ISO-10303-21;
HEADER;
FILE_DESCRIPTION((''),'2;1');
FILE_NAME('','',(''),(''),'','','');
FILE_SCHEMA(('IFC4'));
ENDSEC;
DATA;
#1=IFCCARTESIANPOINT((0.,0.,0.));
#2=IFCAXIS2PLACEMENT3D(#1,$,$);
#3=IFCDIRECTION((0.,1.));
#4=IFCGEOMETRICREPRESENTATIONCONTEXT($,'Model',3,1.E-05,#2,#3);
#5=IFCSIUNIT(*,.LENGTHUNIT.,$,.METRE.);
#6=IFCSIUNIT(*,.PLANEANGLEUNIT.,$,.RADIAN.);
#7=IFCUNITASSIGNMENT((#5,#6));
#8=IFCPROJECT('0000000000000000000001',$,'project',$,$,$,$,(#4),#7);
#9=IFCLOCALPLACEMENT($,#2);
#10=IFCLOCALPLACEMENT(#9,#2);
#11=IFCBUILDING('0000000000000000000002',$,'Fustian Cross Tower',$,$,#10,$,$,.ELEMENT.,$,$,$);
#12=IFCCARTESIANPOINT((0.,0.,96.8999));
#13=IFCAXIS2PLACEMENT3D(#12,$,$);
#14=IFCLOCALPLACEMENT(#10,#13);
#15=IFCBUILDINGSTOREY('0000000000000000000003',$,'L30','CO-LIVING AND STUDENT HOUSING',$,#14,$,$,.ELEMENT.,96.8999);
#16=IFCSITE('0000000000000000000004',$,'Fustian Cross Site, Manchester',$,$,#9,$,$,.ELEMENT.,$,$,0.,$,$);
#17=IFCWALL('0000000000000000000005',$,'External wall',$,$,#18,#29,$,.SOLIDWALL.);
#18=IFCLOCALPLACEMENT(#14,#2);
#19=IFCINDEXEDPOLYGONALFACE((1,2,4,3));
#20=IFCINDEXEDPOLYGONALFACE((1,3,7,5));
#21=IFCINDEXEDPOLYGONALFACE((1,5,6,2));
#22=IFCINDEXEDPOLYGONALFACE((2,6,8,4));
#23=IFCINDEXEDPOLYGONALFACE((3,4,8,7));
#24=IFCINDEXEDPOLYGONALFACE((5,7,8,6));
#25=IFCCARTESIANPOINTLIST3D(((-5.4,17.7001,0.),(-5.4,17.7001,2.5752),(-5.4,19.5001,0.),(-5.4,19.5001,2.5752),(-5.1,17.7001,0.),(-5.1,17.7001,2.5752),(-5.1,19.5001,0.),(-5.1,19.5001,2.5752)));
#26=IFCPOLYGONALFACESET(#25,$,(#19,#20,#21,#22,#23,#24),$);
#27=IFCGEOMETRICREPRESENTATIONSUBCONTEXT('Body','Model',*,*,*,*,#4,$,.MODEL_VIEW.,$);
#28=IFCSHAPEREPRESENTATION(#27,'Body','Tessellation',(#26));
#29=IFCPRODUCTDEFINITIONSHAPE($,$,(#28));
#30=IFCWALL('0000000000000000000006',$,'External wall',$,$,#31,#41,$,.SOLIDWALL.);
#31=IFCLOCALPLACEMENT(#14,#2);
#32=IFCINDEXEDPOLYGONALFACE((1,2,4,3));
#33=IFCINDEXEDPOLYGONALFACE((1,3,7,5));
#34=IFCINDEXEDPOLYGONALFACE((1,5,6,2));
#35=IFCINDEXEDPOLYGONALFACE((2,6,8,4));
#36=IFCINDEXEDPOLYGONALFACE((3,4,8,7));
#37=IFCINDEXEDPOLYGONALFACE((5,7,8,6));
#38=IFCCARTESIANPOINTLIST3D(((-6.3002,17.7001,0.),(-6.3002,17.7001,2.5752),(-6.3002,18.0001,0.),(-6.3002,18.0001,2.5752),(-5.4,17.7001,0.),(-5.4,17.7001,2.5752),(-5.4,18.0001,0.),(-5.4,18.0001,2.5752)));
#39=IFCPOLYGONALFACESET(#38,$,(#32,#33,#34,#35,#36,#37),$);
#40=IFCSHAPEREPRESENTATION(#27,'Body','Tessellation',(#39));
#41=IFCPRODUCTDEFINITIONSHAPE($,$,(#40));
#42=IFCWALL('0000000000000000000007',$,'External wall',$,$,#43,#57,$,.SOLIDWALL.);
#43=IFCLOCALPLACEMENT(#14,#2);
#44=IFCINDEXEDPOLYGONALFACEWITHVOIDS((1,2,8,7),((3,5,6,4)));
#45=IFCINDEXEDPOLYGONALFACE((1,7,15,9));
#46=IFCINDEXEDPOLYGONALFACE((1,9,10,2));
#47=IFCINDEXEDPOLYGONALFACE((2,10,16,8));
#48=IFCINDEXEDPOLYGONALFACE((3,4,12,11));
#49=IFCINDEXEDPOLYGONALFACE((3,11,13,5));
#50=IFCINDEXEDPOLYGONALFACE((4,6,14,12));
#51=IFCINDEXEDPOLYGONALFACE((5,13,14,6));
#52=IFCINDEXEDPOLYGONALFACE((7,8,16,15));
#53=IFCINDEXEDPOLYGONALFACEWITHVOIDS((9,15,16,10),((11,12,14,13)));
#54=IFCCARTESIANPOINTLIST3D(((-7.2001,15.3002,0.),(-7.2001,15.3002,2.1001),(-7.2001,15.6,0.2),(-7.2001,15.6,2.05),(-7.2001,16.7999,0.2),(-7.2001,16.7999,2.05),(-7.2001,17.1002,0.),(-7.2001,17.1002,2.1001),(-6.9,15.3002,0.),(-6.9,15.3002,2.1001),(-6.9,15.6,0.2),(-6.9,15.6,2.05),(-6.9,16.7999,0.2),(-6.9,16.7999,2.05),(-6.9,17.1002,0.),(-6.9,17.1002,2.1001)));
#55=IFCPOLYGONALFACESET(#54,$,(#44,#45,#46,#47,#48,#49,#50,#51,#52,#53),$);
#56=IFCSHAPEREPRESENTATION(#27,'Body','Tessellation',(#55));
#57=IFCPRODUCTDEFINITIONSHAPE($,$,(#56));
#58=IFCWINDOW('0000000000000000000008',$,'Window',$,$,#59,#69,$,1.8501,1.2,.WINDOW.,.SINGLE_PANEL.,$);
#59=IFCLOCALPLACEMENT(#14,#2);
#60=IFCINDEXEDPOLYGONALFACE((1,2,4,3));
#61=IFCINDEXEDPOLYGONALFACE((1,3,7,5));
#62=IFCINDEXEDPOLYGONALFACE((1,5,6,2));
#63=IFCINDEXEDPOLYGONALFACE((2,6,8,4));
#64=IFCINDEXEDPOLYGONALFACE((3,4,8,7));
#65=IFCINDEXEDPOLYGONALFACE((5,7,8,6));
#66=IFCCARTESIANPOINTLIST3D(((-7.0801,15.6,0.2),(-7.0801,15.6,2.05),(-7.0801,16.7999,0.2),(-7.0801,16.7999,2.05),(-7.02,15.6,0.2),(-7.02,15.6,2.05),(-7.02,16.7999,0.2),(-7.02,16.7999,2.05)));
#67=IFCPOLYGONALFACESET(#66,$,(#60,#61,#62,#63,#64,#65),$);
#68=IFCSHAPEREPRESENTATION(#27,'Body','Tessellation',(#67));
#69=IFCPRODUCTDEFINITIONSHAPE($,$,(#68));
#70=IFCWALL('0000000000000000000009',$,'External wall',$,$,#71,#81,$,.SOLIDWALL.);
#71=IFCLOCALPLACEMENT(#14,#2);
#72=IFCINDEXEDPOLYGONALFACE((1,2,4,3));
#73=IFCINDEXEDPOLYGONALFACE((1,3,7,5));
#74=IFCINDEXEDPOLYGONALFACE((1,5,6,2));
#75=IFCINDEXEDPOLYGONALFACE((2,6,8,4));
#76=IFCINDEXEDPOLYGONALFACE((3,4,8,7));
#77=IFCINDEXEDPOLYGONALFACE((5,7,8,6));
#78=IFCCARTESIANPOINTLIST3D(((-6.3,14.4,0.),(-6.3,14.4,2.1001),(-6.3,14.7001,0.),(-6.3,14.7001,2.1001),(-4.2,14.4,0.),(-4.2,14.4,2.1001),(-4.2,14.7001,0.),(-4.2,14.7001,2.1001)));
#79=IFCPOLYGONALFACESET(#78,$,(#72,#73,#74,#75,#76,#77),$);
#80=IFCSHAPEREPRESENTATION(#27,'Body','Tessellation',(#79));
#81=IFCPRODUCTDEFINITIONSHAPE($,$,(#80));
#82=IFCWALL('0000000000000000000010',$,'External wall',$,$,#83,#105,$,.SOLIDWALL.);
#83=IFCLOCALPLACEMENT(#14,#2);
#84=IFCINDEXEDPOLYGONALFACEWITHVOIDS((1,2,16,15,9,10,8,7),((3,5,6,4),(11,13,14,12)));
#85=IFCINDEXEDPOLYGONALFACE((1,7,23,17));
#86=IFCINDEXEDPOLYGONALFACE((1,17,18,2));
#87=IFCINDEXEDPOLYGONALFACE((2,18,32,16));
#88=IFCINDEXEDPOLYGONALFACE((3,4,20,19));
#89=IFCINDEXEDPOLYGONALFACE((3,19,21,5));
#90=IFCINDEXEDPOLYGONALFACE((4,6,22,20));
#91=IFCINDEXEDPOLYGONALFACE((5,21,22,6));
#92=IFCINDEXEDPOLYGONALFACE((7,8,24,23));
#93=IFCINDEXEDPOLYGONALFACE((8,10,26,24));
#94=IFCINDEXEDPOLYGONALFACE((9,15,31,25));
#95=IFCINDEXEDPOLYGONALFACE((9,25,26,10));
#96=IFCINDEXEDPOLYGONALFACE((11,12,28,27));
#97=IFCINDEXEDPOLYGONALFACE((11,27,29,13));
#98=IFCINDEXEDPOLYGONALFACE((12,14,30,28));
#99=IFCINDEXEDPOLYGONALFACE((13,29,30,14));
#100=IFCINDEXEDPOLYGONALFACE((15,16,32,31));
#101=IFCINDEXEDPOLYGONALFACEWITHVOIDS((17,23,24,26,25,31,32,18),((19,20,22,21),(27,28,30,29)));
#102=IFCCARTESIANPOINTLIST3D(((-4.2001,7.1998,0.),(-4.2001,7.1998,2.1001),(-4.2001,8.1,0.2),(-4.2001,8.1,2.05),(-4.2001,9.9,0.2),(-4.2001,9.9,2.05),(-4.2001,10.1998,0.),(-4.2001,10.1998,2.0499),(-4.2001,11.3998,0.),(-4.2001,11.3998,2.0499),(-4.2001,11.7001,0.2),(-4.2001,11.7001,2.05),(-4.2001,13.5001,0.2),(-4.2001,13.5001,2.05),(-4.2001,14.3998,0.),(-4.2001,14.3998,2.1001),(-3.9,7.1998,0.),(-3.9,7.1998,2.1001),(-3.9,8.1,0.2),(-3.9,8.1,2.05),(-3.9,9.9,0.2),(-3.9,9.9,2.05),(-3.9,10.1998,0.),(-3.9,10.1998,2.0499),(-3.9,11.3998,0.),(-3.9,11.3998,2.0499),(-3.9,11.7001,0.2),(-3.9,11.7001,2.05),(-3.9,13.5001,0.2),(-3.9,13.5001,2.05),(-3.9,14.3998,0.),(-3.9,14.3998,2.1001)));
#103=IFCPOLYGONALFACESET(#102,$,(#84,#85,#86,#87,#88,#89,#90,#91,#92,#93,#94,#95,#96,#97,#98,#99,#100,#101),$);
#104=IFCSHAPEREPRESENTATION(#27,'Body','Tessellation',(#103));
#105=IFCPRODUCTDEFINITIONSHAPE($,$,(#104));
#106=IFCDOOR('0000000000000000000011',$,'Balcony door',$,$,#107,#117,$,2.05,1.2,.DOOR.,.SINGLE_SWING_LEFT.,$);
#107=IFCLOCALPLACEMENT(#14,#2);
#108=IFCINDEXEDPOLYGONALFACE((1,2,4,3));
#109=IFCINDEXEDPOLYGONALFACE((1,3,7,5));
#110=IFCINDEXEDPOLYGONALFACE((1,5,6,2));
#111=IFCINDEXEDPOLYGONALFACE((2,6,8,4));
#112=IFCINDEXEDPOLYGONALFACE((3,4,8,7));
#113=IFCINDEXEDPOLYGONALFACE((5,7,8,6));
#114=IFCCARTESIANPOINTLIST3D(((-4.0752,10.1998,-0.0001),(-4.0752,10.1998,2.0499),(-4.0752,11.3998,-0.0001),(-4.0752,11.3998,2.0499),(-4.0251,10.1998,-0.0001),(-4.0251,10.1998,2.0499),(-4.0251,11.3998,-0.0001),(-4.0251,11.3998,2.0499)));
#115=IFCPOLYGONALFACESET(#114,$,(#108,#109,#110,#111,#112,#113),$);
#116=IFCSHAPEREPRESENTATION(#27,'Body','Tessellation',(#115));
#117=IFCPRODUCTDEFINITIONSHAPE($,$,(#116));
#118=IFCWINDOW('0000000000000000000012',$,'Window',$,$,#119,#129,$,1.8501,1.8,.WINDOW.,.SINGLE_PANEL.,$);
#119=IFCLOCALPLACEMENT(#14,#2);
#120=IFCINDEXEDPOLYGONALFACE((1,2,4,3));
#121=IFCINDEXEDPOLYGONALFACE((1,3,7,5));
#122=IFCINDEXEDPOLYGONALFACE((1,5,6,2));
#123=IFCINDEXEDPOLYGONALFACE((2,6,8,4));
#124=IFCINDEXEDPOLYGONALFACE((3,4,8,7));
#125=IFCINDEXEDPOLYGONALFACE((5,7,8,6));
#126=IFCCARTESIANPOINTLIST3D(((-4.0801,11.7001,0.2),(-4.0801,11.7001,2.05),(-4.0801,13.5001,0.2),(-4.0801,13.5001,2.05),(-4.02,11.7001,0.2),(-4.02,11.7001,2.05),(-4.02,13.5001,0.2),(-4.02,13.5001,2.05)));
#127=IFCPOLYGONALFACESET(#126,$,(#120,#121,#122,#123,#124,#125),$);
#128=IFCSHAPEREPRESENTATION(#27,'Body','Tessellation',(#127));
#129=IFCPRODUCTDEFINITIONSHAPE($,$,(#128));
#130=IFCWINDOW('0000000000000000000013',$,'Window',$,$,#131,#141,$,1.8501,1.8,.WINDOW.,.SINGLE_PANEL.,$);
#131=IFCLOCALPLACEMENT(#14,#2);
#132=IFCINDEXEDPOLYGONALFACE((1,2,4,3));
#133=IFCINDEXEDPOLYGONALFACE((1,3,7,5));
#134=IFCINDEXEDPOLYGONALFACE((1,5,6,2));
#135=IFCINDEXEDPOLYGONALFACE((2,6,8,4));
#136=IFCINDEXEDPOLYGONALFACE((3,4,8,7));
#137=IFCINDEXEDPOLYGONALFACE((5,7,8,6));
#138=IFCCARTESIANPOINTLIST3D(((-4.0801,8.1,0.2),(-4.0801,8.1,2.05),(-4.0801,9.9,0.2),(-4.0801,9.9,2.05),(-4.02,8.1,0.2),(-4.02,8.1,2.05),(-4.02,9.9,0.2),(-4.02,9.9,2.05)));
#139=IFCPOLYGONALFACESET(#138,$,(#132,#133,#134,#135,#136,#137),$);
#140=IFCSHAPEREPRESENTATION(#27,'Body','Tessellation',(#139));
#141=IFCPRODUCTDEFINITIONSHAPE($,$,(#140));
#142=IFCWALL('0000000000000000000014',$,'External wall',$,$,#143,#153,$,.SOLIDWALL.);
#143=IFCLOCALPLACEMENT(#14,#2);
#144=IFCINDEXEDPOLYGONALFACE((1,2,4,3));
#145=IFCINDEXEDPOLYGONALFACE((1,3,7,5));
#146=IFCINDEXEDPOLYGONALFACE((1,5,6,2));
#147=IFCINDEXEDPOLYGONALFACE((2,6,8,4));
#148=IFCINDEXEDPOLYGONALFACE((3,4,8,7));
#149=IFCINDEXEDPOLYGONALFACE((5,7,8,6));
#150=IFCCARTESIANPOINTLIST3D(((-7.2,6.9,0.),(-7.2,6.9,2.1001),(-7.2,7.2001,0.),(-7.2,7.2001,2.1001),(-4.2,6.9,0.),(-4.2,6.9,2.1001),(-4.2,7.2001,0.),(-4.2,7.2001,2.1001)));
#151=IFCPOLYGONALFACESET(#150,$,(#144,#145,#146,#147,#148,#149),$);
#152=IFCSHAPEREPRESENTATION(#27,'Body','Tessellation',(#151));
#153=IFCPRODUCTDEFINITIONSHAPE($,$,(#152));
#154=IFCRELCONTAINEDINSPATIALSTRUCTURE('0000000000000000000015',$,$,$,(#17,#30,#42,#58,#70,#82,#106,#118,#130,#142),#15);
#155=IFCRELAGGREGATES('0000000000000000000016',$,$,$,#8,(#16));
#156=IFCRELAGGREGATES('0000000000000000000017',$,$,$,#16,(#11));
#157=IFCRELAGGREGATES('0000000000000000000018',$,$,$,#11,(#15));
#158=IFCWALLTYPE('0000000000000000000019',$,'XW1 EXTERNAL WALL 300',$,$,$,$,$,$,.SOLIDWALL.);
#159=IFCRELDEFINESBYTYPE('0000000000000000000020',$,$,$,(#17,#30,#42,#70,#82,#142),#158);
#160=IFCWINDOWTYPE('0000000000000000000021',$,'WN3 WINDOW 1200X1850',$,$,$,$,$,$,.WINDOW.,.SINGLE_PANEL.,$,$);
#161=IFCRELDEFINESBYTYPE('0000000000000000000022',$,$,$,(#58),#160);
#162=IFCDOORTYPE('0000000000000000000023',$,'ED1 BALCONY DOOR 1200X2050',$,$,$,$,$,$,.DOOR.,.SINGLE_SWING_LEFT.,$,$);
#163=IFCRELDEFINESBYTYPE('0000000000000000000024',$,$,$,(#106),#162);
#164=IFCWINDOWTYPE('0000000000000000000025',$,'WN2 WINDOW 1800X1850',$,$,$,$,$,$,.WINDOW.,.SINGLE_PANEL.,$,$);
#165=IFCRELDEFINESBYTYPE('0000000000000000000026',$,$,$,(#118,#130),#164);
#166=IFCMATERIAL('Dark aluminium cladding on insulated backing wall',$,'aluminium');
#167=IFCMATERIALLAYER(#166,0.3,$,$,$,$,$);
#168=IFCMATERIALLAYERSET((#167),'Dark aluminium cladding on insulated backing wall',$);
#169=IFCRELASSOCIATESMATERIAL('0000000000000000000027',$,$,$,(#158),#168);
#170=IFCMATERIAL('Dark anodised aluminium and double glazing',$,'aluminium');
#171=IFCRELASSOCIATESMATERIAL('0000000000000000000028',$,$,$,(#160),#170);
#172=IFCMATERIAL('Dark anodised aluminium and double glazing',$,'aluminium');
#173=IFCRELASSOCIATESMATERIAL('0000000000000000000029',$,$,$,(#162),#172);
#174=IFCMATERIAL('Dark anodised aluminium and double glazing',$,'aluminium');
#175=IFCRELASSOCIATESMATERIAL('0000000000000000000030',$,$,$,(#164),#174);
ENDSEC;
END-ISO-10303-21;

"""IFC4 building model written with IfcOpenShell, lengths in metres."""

from ifc_helpers import new_model, si_unit, direction, frame, frame_2d, origin, place, context, subcontext, project, spatial, rectangle, extrude, material, layer, layer_set, type_object, element, fill, save


model = new_model("IFC4")

# Units and contexts
model_context = context("Model", 3, precision=1e-05, world=origin(), true_north=direction((0.0, 1.0)))
body_context = subcontext(model_context, "Body", "Model", "MODEL_VIEW")
ifc_project = project(units=[si_unit("LENGTHUNIT", "METRE"), si_unit("PLANEANGLEUNIT", "RADIAN")], contexts=[model_context])

# Site, building, storey
site_placement = place(None, origin())
site = spatial("IfcSite", under=ifc_project, at=site_placement, Name="Fustian Cross Site, Manchester", CompositionType="ELEMENT", RefElevation=0.0)
building_placement = place(site_placement, origin())
building = spatial("IfcBuilding", under=site, at=building_placement, Name="Fustian Cross Tower", CompositionType="ELEMENT")
storey_placement = place(building_placement, frame((0.0, 0.0, 96.8999)))
storey = spatial("IfcBuildingStorey", under=building, at=storey_placement, Name="L30", Description="CO-LIVING AND STUDENT HOUSING", CompositionType="ELEMENT", Elevation=96.8999)

# Shared definitions
ifc_material_1 = material(Name="Dark aluminium cladding on insulated backing wall", Category="aluminium")
ifc_layer_1 = layer(ifc_material_1, 0.3)
ifc_layer_set_1 = layer_set([ifc_layer_1], Name="Dark aluminium cladding on insulated backing wall")
wall_type_1 = type_object("IfcWallType", Name="XW1 EXTERNAL WALL 300", PredefinedType="SOLIDWALL", material=ifc_layer_set_1)

# Shared definitions
ifc_material_2 = material(Name="Dark anodised aluminium and double glazing", Category="aluminium")
window_type_1 = type_object("IfcWindowType", Name="WN3 WINDOW 1200X1850", PartitioningType="SINGLE_PANEL", PredefinedType="WINDOW", material=ifc_material_2)

# Walls
wall_1_placement = place(storey_placement, frame((-5.25, 19.5, 0.0), z_axis=(0.0, 0.0, 1.0), x_axis=(0.0, -1.0, 0.0)))
element("IfcWall", 1, at=wall_1_placement, inside=storey, type_object=wall_type_1, Name="External wall", PredefinedType="SOLIDWALL", context=body_context, shape_type="SweptSolid", body=[
    extrude(rectangle(XDim=1.8, YDim=0.3, at=frame_2d((0.8999, 0.0))), origin(), (0.0, 0.0, 1.0), 2.5752),
])
wall_2_placement = place(storey_placement, frame((-5.3999, 17.8501, 0.0), z_axis=(0.0, 0.0, 1.0), x_axis=(-1.0, 0.0, 0.0)))
element("IfcWall", 2, at=wall_2_placement, inside=storey, type_object=wall_type_1, Name="External wall", PredefinedType="SOLIDWALL", context=body_context, shape_type="SweptSolid", body=[
    extrude(rectangle(XDim=0.9001, YDim=0.3, at=frame_2d((0.4502, 0.0))), origin(), (0.0, 0.0, 1.0), 2.5752),
])

# Wall, opening, window
wall_3_placement = place(storey_placement, frame((-7.05, 17.1001, 0.0), z_axis=(0.0, 0.0, 1.0), x_axis=(0.0, -1.0, 0.0)))
wall_3 = element("IfcWall", 3, at=wall_3_placement, inside=storey, type_object=wall_type_1, Name="External wall", PredefinedType="SOLIDWALL", context=body_context, shape_type="SweptSolid", body=[
    extrude(rectangle(XDim=1.8, YDim=0.3, at=frame_2d((0.8999, 0.0))), origin(), (0.0, 0.0, 1.0), 2.1001),
])
opening_1_placement = place(wall_3_placement, frame((0.3, 0.0, 0.2)))
opening_1 = element("IfcOpeningElement", 4, at=opening_1_placement, cuts=wall_3, PredefinedType="OPENING", context=body_context, shape_type="SweptSolid", body=[
    extrude(rectangle(XDim=1.2, YDim=1.8501, at=frame_2d((0.6001, 0.925))), frame((0.0, 0.1599, 0.0), z_axis=(0.0, -1.0, 0.0), x_axis=(1.0, 0.0, 0.0)), (0.0, 0.0, 1.0), 0.3201),
])
window_1_placement = place(opening_1_placement, origin())
window_1 = element("IfcWindow", 5, at=window_1_placement, inside=storey, type_object=window_type_1, Name="Window", OverallHeight=1.8501, OverallWidth=1.2, PartitioningType="SINGLE_PANEL", PredefinedType="WINDOW", context=body_context, shape_type="SweptSolid", body=[
    extrude(rectangle(XDim=1.2, YDim=1.8501, at=frame_2d((0.6001, 0.925))), frame((0.0, 0.03, 0.0), z_axis=(0.0, -1.0, 0.0), x_axis=(1.0, 0.0, 0.0)), (0.0, 0.0, 1.0), 0.0601),
])
fill(opening_1, window_1)

# Wall
wall_4_placement = place(storey_placement, frame((-6.3, 14.55, 0.0), z_axis=(0.0, 0.0, 1.0), x_axis=(1.0, 0.0, 0.0)))
element("IfcWall", 6, at=wall_4_placement, inside=storey, type_object=wall_type_1, Name="External wall", PredefinedType="SOLIDWALL", context=body_context, shape_type="SweptSolid", body=[
    extrude(rectangle(XDim=2.1001, YDim=0.3, at=frame_2d((1.05, 0.0))), origin(), (0.0, 0.0, 1.0), 2.1001),
])

# Wall, openings, door, windows
wall_5_placement = place(storey_placement, frame((-4.05, 14.3999, 0.0), z_axis=(0.0, 0.0, 1.0), x_axis=(0.0, -1.0, 0.0)))
wall_5 = element("IfcWall", 7, at=wall_5_placement, inside=storey, type_object=wall_type_1, Name="External wall", PredefinedType="SOLIDWALL", context=body_context, shape_type="SweptSolid", body=[
    extrude(rectangle(XDim=7.2, YDim=0.3, at=frame_2d((3.6001, 0.0))), origin(), (0.0, 0.0, 1.0), 2.1001),
])
opening_2_placement = place(wall_5_placement, frame((3.0, 0.0, 0.0)))
opening_2 = element("IfcOpeningElement", 8, at=opening_2_placement, cuts=wall_5, PredefinedType="OPENING", context=body_context, shape_type="SweptSolid", body=[
    extrude(rectangle(XDim=1.2, YDim=2.05, at=frame_2d((0.6001, 1.0249))), frame((0.0, 0.1599, 0.0), z_axis=(0.0, -1.0, 0.0), x_axis=(1.0, 0.0, 0.0)), (0.0, 0.0, 1.0), 0.3201),
])
opening_3_placement = place(wall_5_placement, frame((0.8999, 0.0, 0.2)))
opening_3 = element("IfcOpeningElement", 9, at=opening_3_placement, cuts=wall_5, PredefinedType="OPENING", context=body_context, shape_type="SweptSolid", body=[
    extrude(rectangle(XDim=1.8, YDim=1.8501, at=frame_2d((0.8999, 0.925))), frame((0.0, 0.1599, 0.0), z_axis=(0.0, -1.0, 0.0), x_axis=(1.0, 0.0, 0.0)), (0.0, 0.0, 1.0), 0.3201),
])
opening_4_placement = place(wall_5_placement, frame((4.5, 0.0, 0.2)))
opening_4 = element("IfcOpeningElement", 10, at=opening_4_placement, cuts=wall_5, PredefinedType="OPENING", context=body_context, shape_type="SweptSolid", body=[
    extrude(rectangle(XDim=1.8, YDim=1.8501, at=frame_2d((0.8999, 0.925))), frame((0.0, 0.1599, 0.0), z_axis=(0.0, -1.0, 0.0), x_axis=(1.0, 0.0, 0.0)), (0.0, 0.0, 1.0), 0.3201),
])
ifc_material_3 = material(Name="Dark anodised aluminium and double glazing", Category="aluminium")
door_type = type_object("IfcDoorType", Name="ED1 BALCONY DOOR 1200X2050", OperationType="SINGLE_SWING_LEFT", PredefinedType="DOOR", material=ifc_material_3)
door_placement = place(opening_2_placement, origin())
door = element("IfcDoor", 11, at=door_placement, inside=storey, type_object=door_type, Name="Balcony door", OperationType="SINGLE_SWING_LEFT", OverallHeight=2.05, OverallWidth=1.2, PredefinedType="DOOR", context=body_context, shape_type="SweptSolid", body=[
    extrude(rectangle(XDim=1.2, YDim=2.05, at=frame_2d((0.6001, 1.0249))), frame((0.0, 0.0249, 0.0), z_axis=(0.0, -1.0, 0.0), x_axis=(1.0, 0.0, 0.0)), (0.0, 0.0, 1.0), 0.05),
])
fill(opening_2, door)
ifc_material_4 = material(Name="Dark anodised aluminium and double glazing", Category="aluminium")
window_type_2 = type_object("IfcWindowType", Name="WN2 WINDOW 1800X1850", PartitioningType="SINGLE_PANEL", PredefinedType="WINDOW", material=ifc_material_4)
window_2_placement = place(opening_3_placement, origin())
window_2 = element("IfcWindow", 12, at=window_2_placement, inside=storey, type_object=window_type_2, Name="Window", OverallHeight=1.8501, OverallWidth=1.8, PartitioningType="SINGLE_PANEL", PredefinedType="WINDOW", context=body_context, shape_type="SweptSolid", body=[
    extrude(rectangle(XDim=1.8, YDim=1.8501, at=frame_2d((0.8999, 0.925))), frame((0.0, 0.03, 0.0), z_axis=(0.0, -1.0, 0.0), x_axis=(1.0, 0.0, 0.0)), (0.0, 0.0, 1.0), 0.0601),
])
fill(opening_3, window_2)
window_3_placement = place(opening_4_placement, origin())
window_3 = element("IfcWindow", 13, at=window_3_placement, inside=storey, type_object=window_type_2, Name="Window", OverallHeight=1.8501, OverallWidth=1.8, PartitioningType="SINGLE_PANEL", PredefinedType="WINDOW", context=body_context, shape_type="SweptSolid", body=[
    extrude(rectangle(XDim=1.8, YDim=1.8501, at=frame_2d((0.8999, 0.925))), frame((0.0, 0.03, 0.0), z_axis=(0.0, -1.0, 0.0), x_axis=(1.0, 0.0, 0.0)), (0.0, 0.0, 1.0), 0.0601),
])
fill(opening_4, window_3)

# Wall
wall_6_placement = place(storey_placement, frame((-4.2, 7.05, 0.0), z_axis=(0.0, 0.0, 1.0), x_axis=(-1.0, 0.0, 0.0)))
element("IfcWall", 14, at=wall_6_placement, inside=storey, type_object=wall_type_1, Name="External wall", PredefinedType="SOLIDWALL", context=body_context, shape_type="SweptSolid", body=[
    extrude(rectangle(XDim=3.0, YDim=0.3, at=frame_2d((1.5, 0.0))), origin(), (0.0, 0.0, 1.0), 2.1001),
])

save(model, "model.ifc")
